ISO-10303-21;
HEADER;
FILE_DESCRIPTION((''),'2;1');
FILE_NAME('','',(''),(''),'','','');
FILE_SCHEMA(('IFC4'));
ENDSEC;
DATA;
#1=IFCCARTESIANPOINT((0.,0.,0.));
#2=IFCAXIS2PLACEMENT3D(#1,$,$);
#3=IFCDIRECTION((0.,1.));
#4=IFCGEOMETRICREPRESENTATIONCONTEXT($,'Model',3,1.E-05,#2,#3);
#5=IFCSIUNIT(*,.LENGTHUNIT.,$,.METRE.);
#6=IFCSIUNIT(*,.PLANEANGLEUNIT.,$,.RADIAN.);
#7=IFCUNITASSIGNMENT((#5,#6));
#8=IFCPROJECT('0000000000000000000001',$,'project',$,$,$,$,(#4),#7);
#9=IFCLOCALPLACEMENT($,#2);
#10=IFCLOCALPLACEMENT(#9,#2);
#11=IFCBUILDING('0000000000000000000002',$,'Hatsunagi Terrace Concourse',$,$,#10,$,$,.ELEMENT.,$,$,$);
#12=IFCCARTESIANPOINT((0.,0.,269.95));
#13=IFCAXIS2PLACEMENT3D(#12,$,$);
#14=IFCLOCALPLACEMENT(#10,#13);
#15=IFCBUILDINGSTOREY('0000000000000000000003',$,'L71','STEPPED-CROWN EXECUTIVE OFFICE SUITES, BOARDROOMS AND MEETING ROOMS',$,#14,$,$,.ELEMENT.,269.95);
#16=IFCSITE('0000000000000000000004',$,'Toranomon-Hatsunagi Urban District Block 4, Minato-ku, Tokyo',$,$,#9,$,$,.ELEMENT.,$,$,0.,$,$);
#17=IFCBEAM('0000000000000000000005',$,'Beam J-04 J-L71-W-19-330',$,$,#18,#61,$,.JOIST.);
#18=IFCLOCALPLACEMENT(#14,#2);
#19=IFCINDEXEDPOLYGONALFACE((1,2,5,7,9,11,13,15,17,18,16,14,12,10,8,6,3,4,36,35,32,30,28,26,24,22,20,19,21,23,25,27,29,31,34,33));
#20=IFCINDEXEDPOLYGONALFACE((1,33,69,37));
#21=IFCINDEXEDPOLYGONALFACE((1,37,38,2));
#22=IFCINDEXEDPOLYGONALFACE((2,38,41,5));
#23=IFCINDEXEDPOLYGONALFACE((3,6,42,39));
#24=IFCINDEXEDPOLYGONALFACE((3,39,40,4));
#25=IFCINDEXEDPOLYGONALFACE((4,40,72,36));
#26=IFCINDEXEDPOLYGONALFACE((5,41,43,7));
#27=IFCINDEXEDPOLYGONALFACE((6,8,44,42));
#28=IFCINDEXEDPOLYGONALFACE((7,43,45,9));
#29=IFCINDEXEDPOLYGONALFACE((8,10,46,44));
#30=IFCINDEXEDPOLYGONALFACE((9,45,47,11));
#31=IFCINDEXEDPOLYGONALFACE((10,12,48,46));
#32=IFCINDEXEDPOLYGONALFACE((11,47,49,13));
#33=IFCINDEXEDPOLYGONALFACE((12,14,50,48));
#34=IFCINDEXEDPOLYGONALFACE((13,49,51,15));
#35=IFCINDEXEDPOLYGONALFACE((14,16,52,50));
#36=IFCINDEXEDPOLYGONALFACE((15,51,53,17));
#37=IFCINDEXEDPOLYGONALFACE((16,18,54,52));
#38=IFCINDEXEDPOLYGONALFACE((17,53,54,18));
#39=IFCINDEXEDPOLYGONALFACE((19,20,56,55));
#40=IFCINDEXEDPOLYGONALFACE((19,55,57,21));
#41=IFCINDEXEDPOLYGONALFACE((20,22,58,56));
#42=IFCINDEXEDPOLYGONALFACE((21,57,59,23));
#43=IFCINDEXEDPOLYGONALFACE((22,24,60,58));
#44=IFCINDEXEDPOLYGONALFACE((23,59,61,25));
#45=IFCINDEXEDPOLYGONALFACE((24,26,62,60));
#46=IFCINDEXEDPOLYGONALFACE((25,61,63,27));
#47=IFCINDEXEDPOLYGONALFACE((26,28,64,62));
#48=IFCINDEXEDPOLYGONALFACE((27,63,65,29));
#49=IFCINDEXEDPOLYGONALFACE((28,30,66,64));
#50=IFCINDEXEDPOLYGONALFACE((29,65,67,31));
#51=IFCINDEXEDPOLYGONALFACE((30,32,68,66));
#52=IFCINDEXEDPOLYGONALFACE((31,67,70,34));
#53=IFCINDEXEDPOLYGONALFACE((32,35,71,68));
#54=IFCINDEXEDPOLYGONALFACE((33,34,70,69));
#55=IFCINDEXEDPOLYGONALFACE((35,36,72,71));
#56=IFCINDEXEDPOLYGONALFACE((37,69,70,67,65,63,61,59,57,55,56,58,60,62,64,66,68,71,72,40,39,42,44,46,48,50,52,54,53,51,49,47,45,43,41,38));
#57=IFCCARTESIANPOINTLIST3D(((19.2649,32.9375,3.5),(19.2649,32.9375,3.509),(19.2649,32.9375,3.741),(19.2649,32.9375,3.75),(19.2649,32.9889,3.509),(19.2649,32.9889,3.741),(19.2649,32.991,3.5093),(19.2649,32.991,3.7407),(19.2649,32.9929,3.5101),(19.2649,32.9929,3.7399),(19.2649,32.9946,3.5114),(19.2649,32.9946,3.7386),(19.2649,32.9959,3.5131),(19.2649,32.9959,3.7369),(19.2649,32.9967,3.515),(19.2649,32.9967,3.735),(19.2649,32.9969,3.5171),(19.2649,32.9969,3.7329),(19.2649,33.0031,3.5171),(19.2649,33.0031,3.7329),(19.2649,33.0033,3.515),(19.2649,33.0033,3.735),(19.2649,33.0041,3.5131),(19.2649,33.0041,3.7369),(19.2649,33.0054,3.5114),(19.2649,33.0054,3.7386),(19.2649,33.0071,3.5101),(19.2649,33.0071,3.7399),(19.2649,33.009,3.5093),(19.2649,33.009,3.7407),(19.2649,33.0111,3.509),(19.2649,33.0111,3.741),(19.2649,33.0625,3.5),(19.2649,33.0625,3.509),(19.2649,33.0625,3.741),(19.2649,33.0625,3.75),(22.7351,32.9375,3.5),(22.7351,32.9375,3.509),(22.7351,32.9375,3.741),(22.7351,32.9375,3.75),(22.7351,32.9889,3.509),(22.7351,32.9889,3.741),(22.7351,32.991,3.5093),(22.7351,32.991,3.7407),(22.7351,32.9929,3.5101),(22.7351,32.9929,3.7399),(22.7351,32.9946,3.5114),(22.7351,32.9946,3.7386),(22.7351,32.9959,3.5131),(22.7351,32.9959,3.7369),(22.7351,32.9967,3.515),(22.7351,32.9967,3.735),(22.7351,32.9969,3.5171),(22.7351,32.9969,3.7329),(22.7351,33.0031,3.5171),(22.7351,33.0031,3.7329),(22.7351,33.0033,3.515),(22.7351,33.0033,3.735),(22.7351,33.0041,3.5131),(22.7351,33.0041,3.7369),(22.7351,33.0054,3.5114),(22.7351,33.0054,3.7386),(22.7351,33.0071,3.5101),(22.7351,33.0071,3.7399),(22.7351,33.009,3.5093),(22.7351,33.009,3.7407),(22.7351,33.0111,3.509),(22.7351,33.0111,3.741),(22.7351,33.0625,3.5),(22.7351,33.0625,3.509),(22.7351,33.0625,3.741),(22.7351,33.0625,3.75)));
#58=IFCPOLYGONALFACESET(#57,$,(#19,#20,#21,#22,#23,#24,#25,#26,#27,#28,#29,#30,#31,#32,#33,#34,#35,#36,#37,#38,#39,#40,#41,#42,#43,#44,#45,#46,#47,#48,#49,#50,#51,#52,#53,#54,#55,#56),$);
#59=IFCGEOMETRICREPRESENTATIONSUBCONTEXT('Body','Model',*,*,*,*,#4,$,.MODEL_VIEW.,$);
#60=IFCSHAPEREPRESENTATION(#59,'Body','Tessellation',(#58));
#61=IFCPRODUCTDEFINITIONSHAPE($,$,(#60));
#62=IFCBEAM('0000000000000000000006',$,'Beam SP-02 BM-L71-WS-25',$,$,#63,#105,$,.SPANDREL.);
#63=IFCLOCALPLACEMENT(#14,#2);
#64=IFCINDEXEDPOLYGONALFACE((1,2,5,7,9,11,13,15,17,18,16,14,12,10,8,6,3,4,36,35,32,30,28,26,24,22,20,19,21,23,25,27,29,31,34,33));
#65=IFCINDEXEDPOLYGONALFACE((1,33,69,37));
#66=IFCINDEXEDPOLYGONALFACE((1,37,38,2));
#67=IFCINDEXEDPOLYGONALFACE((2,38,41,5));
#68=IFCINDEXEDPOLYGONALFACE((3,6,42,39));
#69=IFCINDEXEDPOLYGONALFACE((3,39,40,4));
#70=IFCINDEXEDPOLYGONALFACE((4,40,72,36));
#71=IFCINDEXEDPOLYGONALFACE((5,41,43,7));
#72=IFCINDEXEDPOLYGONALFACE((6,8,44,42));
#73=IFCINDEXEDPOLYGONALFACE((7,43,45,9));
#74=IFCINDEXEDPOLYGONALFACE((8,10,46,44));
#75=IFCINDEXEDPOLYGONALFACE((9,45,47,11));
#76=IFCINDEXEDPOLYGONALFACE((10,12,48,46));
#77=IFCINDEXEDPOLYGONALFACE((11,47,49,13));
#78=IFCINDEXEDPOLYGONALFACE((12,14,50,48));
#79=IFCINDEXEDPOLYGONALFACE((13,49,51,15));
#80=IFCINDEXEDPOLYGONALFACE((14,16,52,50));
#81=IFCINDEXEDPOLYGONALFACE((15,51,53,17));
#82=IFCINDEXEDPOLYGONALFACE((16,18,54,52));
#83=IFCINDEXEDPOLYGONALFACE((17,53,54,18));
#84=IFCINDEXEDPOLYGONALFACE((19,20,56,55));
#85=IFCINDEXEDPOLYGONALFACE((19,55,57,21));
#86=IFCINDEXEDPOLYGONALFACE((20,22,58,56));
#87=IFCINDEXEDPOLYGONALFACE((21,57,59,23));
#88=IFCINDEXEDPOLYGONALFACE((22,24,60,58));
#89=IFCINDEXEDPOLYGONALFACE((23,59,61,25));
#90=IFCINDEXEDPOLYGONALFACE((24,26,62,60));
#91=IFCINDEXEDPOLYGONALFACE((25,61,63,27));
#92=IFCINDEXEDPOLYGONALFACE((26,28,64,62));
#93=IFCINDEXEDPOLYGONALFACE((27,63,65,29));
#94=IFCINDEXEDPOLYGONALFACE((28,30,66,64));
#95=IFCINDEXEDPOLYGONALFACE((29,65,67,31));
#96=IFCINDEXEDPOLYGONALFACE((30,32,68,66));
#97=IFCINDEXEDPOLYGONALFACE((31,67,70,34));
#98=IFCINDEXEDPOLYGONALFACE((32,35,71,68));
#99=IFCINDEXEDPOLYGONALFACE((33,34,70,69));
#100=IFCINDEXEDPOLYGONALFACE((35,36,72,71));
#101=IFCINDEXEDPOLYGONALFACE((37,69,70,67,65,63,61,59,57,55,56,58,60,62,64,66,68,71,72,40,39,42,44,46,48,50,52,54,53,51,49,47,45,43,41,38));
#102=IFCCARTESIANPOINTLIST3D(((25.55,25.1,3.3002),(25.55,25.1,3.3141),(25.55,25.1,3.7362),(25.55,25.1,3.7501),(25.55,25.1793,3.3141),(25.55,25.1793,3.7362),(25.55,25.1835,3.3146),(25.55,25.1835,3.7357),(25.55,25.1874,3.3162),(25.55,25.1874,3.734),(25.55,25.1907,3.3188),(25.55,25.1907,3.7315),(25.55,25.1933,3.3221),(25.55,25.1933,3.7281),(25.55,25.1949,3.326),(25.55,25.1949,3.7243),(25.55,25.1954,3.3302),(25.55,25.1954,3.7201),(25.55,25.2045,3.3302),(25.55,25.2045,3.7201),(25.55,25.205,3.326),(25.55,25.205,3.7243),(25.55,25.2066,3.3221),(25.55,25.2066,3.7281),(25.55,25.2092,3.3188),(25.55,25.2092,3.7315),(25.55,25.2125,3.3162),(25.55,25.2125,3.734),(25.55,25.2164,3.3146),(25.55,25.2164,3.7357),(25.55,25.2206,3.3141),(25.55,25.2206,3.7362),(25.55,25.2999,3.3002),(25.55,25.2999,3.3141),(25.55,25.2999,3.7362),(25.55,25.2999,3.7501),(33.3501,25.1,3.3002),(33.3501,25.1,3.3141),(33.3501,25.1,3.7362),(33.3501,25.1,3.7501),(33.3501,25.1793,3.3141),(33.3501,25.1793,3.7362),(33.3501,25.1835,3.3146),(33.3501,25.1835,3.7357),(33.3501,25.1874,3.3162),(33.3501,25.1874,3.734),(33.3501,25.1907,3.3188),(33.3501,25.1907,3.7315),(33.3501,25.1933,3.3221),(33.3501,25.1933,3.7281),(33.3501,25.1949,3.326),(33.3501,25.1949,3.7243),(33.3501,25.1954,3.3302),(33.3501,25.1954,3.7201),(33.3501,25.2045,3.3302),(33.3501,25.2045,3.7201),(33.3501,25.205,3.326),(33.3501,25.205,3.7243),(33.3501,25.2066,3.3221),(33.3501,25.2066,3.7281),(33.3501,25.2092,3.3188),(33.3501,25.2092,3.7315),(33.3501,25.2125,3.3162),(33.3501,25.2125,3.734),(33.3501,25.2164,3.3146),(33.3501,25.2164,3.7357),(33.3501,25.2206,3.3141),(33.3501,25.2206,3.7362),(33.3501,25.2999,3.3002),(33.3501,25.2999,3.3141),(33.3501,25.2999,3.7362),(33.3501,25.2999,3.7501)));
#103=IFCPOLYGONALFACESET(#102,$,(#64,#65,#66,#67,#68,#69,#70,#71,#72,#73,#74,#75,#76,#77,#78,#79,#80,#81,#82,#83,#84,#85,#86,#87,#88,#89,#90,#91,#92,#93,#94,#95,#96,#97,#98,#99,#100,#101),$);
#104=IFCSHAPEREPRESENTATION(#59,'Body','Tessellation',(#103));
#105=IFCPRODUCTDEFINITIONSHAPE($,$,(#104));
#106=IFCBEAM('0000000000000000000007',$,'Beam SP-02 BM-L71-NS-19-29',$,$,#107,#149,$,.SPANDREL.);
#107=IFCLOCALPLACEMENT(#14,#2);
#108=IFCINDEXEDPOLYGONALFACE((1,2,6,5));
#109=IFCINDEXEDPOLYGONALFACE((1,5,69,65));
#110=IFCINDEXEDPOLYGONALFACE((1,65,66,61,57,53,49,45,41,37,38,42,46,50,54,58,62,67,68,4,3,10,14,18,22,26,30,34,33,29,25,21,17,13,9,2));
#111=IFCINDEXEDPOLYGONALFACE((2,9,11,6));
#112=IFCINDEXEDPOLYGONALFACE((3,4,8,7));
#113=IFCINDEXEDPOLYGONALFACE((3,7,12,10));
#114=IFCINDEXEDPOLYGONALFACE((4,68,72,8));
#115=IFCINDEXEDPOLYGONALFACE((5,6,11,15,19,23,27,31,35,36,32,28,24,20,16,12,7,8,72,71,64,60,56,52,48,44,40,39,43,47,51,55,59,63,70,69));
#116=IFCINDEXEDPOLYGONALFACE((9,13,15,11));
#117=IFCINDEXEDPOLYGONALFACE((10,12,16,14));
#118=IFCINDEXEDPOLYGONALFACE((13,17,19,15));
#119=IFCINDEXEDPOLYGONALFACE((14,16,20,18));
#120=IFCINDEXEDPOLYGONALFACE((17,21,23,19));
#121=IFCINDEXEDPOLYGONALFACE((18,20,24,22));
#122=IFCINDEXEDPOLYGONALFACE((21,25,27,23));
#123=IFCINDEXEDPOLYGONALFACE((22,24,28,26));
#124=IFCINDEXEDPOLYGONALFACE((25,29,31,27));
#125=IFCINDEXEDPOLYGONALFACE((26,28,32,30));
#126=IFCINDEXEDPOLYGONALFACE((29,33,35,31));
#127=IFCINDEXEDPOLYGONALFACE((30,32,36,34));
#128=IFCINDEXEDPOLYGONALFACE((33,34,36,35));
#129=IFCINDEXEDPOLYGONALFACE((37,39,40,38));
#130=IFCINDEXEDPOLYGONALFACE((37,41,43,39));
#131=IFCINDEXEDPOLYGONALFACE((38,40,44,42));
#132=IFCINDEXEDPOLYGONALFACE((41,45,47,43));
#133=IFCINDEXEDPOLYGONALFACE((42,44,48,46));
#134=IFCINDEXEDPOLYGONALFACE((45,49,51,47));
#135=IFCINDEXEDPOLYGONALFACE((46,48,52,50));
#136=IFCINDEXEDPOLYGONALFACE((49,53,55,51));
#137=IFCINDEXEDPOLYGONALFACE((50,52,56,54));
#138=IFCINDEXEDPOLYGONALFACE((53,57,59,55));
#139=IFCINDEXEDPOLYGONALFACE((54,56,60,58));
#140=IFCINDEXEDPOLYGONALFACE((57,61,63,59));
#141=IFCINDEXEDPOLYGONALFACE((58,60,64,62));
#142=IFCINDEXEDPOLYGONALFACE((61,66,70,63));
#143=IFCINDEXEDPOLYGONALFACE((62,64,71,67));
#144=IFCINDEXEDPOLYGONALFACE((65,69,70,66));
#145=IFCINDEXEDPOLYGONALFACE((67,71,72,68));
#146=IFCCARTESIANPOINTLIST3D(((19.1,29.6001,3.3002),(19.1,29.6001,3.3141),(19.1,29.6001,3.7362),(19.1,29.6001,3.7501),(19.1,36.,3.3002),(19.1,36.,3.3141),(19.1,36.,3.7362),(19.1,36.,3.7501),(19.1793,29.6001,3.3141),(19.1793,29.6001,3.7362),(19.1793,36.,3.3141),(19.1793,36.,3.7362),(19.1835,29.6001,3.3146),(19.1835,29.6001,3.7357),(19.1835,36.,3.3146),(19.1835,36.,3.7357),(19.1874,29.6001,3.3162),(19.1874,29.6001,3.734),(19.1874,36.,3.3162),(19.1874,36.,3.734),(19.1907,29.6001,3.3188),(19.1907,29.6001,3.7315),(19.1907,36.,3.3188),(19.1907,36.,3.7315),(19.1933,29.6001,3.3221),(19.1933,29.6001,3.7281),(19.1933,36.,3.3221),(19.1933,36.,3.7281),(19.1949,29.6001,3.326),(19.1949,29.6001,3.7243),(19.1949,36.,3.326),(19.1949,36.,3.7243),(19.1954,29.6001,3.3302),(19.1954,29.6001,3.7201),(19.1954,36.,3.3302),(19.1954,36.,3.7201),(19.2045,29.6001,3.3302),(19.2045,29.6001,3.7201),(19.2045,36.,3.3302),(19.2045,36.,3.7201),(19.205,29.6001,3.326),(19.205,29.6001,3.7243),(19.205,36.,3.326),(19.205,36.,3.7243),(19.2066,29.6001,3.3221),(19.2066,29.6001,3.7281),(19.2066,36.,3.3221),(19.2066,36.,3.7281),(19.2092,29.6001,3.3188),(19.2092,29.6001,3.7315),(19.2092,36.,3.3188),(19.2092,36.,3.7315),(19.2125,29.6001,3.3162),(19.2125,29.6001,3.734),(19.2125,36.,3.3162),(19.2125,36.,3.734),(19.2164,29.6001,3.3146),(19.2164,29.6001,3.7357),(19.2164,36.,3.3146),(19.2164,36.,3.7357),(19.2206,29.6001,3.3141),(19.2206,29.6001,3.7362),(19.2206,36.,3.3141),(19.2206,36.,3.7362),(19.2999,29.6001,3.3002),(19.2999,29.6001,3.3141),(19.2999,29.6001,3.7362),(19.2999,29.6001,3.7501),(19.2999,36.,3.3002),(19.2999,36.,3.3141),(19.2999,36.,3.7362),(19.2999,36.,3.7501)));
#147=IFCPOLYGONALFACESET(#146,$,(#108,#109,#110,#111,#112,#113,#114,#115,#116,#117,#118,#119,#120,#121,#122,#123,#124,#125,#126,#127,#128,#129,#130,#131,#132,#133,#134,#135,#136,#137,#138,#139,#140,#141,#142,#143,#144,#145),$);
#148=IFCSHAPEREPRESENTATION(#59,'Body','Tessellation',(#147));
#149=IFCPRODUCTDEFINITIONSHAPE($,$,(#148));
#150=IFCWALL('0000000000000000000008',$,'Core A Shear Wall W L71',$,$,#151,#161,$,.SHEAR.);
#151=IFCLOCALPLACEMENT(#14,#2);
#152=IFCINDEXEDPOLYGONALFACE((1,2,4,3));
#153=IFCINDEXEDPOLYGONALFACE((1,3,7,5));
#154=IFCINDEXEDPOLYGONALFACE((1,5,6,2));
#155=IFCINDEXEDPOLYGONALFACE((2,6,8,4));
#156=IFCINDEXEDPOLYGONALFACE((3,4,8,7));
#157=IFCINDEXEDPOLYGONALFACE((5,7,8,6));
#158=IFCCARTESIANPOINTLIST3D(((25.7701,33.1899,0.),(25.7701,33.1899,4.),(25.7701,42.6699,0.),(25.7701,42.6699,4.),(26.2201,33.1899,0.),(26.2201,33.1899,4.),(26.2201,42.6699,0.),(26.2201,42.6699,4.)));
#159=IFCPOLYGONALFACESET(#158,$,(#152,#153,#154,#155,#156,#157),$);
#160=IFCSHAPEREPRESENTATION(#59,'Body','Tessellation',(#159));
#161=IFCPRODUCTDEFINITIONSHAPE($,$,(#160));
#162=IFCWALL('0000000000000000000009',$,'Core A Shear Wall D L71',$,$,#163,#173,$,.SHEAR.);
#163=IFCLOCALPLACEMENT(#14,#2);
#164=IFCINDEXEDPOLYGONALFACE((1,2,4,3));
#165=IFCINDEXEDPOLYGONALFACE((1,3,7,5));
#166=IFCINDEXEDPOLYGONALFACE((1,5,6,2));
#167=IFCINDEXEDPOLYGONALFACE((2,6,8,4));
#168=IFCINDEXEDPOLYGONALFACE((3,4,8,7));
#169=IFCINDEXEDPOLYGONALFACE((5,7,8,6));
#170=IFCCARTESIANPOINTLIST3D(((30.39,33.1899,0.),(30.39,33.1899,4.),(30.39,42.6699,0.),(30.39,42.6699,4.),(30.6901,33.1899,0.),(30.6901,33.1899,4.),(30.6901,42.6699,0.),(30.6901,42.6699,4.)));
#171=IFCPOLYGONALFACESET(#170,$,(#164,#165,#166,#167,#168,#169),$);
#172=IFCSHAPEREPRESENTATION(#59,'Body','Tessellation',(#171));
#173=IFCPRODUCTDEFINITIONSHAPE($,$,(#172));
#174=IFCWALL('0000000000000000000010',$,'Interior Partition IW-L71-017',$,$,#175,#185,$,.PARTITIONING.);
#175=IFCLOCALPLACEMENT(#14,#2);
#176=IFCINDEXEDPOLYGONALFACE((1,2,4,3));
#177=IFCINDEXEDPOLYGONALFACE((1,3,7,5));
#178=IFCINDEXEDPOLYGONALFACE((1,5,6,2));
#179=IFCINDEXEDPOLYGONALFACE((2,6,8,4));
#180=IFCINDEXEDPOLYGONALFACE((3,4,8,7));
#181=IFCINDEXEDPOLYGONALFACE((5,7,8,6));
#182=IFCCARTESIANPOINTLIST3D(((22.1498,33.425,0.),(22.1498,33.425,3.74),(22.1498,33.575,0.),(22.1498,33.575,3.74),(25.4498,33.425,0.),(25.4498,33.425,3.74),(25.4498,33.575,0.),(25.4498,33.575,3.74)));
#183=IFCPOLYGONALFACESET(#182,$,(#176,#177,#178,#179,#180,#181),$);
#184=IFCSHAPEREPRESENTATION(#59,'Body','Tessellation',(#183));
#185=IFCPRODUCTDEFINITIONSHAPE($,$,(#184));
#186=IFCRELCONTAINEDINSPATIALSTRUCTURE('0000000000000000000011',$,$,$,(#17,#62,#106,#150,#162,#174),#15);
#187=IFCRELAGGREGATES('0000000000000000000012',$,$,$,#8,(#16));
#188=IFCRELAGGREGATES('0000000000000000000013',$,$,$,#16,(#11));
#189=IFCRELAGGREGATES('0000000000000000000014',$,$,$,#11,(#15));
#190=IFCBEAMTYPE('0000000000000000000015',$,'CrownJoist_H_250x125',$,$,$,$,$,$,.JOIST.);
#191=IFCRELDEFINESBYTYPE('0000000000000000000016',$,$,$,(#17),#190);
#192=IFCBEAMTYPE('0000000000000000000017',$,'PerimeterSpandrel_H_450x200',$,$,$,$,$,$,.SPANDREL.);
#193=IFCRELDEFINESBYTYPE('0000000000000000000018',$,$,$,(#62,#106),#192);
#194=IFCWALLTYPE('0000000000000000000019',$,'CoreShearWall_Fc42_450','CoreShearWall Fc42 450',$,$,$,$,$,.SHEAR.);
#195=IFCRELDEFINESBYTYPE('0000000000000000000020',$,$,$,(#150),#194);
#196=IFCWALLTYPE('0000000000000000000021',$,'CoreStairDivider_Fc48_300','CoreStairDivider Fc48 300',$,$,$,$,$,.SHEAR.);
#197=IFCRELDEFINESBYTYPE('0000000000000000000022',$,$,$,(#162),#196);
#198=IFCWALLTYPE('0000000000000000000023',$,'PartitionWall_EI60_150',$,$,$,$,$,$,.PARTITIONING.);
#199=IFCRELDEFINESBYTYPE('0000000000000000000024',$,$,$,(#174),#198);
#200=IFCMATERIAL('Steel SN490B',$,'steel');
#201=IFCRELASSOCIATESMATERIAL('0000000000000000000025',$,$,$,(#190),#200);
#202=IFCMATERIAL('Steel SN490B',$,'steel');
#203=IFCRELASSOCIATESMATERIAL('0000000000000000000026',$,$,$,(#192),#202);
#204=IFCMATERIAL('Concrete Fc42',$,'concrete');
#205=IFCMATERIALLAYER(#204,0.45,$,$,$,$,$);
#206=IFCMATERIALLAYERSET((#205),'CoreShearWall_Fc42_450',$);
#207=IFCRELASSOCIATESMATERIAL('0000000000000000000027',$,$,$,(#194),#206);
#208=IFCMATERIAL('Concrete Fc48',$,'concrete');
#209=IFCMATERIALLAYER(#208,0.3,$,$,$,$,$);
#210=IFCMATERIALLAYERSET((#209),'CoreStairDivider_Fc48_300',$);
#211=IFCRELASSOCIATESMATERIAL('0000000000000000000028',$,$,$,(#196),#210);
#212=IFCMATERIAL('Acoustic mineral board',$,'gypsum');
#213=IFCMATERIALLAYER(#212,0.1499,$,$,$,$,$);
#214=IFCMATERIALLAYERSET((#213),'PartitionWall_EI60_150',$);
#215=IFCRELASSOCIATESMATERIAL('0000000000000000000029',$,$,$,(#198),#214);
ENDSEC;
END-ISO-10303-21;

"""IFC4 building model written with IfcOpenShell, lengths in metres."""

from ifc_helpers import new_model, si_unit, direction, frame, frame_2d, origin, origin_2d, place, context, subcontext, project, spatial, rectangle, i_section, extrude, material, layer, layer_set, material_profile, profile_set, type_object, element, save


model = new_model("IFC4")

# Units and contexts
model_context = context("Model", 3, precision=1e-05, world=origin(), true_north=direction((0.0, 1.0)))
body_context = subcontext(model_context, "Body", "Model", "MODEL_VIEW")
ifc_project = project(units=[si_unit("LENGTHUNIT", "METRE"), si_unit("PLANEANGLEUNIT", "RADIAN")], contexts=[model_context])

# Site, building, storey
site_placement = place(None, origin())
site = spatial("IfcSite", under=ifc_project, at=site_placement, Name="Toranomon-Hatsunagi Urban District Block 4, Minato-ku, Tokyo", CompositionType="ELEMENT", RefElevation=0.0)
building_placement = place(site_placement, origin())
building = spatial("IfcBuilding", under=site, at=building_placement, Name="Hatsunagi Terrace Concourse", CompositionType="ELEMENT")
storey_placement = place(building_placement, frame((0.0, 0.0, 269.95)))
storey = spatial("IfcBuildingStorey", under=building, at=storey_placement, Name="L71", Description="STEPPED-CROWN EXECUTIVE OFFICE SUITES, BOARDROOMS AND MEETING ROOMS", CompositionType="ELEMENT", Elevation=269.95)

# Beams
ifc_material_1 = material(Name="Steel SN490B", Category="steel")
ifc_material_profile_1 = material_profile(ifc_material_1, i_section(OverallWidth=0.125, OverallDepth=0.25, WebThickness=0.0061, FlangeThickness=0.009, FilletRadius=0.0081, at=origin_2d()), Name="H-250x125x6x9")
ifc_profile_set_1 = profile_set([ifc_material_profile_1], Name="Steel SN490B")
beam_type_1 = type_object("IfcBeamType", Name="CrownJoist_H_250x125", PredefinedType="JOIST", material=ifc_profile_set_1)
for number, where, z_axis, x_axis, name in (
    (1, (19.2649, 33.0, 3.625), (1.0, 0.0, 0.0), (0.0, 1.0, 0.0), "Beam J-04 J-L71-W-19-330"),
):
    element("IfcBeam", number, at=place(storey_placement, frame(where, z_axis=z_axis, x_axis=x_axis)), inside=storey, type_object=beam_type_1, Name=name, PredefinedType="JOIST", context=body_context, shape_type="SweptSolid", body=[
        extrude(i_section(OverallWidth=0.125, OverallDepth=0.25, WebThickness=0.0061, FlangeThickness=0.009, FilletRadius=0.0081, at=origin_2d()), origin(), (0.0, 0.0, 1.0), 3.4702),
    ])
ifc_material_2 = material(Name="Steel SN490B", Category="steel")
ifc_material_profile_2 = material_profile(ifc_material_2, i_section(OverallWidth=0.2, OverallDepth=0.45, WebThickness=0.009, FlangeThickness=0.0139, FilletRadius=0.0161, at=origin_2d()), Name="H-450x200x9x14")
ifc_profile_set_2 = profile_set([ifc_material_profile_2], Name="Steel SN490B")
beam_type_2 = type_object("IfcBeamType", Name="PerimeterSpandrel_H_450x200", PredefinedType="SPANDREL", material=ifc_profile_set_2)
beam_1_placement = place(storey_placement, frame((25.55, 25.2, 3.5251), z_axis=(1.0, 0.0, 0.0), x_axis=(0.0, 1.0, 0.0)))
element("IfcBeam", 2, at=beam_1_placement, inside=storey, type_object=beam_type_2, Name="Beam SP-02 BM-L71-WS-25", PredefinedType="SPANDREL", context=body_context, shape_type="SweptSolid", body=[
    extrude(i_section(OverallWidth=0.2, OverallDepth=0.45, WebThickness=0.009, FlangeThickness=0.0139, FilletRadius=0.0161, at=origin_2d()), origin(), (0.0, 0.0, 1.0), 7.8),
])
beam_2_placement = place(storey_placement, frame((19.2, 29.6001, 3.5251), z_axis=(0.0, 1.0, 0.0), x_axis=(-1.0, 0.0, 0.0)))
element("IfcBeam", 3, at=beam_2_placement, inside=storey, type_object=beam_type_2, Name="Beam SP-02 BM-L71-NS-19-29", PredefinedType="SPANDREL", context=body_context, shape_type="SweptSolid", body=[
    extrude(i_section(OverallWidth=0.2, OverallDepth=0.45, WebThickness=0.009, FlangeThickness=0.0139, FilletRadius=0.0161, at=origin_2d()), origin(), (0.0, 0.0, 1.0), 6.3999),
])

# Shared definitions
ifc_material_3 = material(Name="Concrete Fc42", Category="concrete")
ifc_layer_1 = layer(ifc_material_3, 0.45)
ifc_layer_set_1 = layer_set([ifc_layer_1], Name="CoreShearWall_Fc42_450")
wall_type_1 = type_object("IfcWallType", Name="CoreShearWall_Fc42_450", Description="CoreShearWall Fc42 450", PredefinedType="SHEAR", material=ifc_layer_set_1)

# Walls
wall_1_placement = place(storey_placement, frame((25.9951, 33.1899, 0.0), z_axis=(0.0, 0.0, 1.0), x_axis=(0.0, 1.0, 0.0)))
element("IfcWall", 4, at=wall_1_placement, inside=storey, type_object=wall_type_1, Name="Core A Shear Wall W L71", PredefinedType="SHEAR", context=body_context, shape_type="SweptSolid", body=[
    extrude(rectangle(XDim=9.48, YDim=0.45, at=frame_2d((4.74, 0.0))), origin(), (0.0, 0.0, 1.0), 4.0),
])
ifc_material_4 = material(Name="Concrete Fc48", Category="concrete")
ifc_layer_2 = layer(ifc_material_4, 0.3)
ifc_layer_set_2 = layer_set([ifc_layer_2], Name="CoreStairDivider_Fc48_300")
wall_type_2 = type_object("IfcWallType", Name="CoreStairDivider_Fc48_300", Description="CoreStairDivider Fc48 300", PredefinedType="SHEAR", material=ifc_layer_set_2)
wall_2_placement = place(storey_placement, frame((30.54, 33.1899, 0.0), z_axis=(0.0, 0.0, 1.0), x_axis=(0.0, 1.0, 0.0)))
element("IfcWall", 5, at=wall_2_placement, inside=storey, type_object=wall_type_2, Name="Core A Shear Wall D L71", PredefinedType="SHEAR", context=body_context, shape_type="SweptSolid", body=[
    extrude(rectangle(XDim=9.48, YDim=0.3, at=frame_2d((4.74, 0.0))), origin(), (0.0, 0.0, 1.0), 4.0),
])
ifc_material_5 = material(Name="Acoustic mineral board", Category="gypsum")
ifc_layer_3 = layer(ifc_material_5, 0.1499)
ifc_layer_set_3 = layer_set([ifc_layer_3], Name="PartitionWall_EI60_150")
wall_type_3 = type_object("IfcWallType", Name="PartitionWall_EI60_150", PredefinedType="PARTITIONING", material=ifc_layer_set_3)
wall_3_placement = place(storey_placement, frame((22.1499, 33.5, 0.0), z_axis=(0.0, 0.0, 1.0), x_axis=(1.0, 0.0, 0.0)))
element("IfcWall", 6, at=wall_3_placement, inside=storey, type_object=wall_type_3, Name="Interior Partition IW-L71-017", PredefinedType="PARTITIONING", context=body_context, shape_type="SweptSolid", body=[
    extrude(rectangle(XDim=3.3, YDim=0.1499, at=frame_2d((1.6499, 0.0))), origin(), (0.0, 0.0, 1.0), 3.74),
])

save(model, "model.ifc")
